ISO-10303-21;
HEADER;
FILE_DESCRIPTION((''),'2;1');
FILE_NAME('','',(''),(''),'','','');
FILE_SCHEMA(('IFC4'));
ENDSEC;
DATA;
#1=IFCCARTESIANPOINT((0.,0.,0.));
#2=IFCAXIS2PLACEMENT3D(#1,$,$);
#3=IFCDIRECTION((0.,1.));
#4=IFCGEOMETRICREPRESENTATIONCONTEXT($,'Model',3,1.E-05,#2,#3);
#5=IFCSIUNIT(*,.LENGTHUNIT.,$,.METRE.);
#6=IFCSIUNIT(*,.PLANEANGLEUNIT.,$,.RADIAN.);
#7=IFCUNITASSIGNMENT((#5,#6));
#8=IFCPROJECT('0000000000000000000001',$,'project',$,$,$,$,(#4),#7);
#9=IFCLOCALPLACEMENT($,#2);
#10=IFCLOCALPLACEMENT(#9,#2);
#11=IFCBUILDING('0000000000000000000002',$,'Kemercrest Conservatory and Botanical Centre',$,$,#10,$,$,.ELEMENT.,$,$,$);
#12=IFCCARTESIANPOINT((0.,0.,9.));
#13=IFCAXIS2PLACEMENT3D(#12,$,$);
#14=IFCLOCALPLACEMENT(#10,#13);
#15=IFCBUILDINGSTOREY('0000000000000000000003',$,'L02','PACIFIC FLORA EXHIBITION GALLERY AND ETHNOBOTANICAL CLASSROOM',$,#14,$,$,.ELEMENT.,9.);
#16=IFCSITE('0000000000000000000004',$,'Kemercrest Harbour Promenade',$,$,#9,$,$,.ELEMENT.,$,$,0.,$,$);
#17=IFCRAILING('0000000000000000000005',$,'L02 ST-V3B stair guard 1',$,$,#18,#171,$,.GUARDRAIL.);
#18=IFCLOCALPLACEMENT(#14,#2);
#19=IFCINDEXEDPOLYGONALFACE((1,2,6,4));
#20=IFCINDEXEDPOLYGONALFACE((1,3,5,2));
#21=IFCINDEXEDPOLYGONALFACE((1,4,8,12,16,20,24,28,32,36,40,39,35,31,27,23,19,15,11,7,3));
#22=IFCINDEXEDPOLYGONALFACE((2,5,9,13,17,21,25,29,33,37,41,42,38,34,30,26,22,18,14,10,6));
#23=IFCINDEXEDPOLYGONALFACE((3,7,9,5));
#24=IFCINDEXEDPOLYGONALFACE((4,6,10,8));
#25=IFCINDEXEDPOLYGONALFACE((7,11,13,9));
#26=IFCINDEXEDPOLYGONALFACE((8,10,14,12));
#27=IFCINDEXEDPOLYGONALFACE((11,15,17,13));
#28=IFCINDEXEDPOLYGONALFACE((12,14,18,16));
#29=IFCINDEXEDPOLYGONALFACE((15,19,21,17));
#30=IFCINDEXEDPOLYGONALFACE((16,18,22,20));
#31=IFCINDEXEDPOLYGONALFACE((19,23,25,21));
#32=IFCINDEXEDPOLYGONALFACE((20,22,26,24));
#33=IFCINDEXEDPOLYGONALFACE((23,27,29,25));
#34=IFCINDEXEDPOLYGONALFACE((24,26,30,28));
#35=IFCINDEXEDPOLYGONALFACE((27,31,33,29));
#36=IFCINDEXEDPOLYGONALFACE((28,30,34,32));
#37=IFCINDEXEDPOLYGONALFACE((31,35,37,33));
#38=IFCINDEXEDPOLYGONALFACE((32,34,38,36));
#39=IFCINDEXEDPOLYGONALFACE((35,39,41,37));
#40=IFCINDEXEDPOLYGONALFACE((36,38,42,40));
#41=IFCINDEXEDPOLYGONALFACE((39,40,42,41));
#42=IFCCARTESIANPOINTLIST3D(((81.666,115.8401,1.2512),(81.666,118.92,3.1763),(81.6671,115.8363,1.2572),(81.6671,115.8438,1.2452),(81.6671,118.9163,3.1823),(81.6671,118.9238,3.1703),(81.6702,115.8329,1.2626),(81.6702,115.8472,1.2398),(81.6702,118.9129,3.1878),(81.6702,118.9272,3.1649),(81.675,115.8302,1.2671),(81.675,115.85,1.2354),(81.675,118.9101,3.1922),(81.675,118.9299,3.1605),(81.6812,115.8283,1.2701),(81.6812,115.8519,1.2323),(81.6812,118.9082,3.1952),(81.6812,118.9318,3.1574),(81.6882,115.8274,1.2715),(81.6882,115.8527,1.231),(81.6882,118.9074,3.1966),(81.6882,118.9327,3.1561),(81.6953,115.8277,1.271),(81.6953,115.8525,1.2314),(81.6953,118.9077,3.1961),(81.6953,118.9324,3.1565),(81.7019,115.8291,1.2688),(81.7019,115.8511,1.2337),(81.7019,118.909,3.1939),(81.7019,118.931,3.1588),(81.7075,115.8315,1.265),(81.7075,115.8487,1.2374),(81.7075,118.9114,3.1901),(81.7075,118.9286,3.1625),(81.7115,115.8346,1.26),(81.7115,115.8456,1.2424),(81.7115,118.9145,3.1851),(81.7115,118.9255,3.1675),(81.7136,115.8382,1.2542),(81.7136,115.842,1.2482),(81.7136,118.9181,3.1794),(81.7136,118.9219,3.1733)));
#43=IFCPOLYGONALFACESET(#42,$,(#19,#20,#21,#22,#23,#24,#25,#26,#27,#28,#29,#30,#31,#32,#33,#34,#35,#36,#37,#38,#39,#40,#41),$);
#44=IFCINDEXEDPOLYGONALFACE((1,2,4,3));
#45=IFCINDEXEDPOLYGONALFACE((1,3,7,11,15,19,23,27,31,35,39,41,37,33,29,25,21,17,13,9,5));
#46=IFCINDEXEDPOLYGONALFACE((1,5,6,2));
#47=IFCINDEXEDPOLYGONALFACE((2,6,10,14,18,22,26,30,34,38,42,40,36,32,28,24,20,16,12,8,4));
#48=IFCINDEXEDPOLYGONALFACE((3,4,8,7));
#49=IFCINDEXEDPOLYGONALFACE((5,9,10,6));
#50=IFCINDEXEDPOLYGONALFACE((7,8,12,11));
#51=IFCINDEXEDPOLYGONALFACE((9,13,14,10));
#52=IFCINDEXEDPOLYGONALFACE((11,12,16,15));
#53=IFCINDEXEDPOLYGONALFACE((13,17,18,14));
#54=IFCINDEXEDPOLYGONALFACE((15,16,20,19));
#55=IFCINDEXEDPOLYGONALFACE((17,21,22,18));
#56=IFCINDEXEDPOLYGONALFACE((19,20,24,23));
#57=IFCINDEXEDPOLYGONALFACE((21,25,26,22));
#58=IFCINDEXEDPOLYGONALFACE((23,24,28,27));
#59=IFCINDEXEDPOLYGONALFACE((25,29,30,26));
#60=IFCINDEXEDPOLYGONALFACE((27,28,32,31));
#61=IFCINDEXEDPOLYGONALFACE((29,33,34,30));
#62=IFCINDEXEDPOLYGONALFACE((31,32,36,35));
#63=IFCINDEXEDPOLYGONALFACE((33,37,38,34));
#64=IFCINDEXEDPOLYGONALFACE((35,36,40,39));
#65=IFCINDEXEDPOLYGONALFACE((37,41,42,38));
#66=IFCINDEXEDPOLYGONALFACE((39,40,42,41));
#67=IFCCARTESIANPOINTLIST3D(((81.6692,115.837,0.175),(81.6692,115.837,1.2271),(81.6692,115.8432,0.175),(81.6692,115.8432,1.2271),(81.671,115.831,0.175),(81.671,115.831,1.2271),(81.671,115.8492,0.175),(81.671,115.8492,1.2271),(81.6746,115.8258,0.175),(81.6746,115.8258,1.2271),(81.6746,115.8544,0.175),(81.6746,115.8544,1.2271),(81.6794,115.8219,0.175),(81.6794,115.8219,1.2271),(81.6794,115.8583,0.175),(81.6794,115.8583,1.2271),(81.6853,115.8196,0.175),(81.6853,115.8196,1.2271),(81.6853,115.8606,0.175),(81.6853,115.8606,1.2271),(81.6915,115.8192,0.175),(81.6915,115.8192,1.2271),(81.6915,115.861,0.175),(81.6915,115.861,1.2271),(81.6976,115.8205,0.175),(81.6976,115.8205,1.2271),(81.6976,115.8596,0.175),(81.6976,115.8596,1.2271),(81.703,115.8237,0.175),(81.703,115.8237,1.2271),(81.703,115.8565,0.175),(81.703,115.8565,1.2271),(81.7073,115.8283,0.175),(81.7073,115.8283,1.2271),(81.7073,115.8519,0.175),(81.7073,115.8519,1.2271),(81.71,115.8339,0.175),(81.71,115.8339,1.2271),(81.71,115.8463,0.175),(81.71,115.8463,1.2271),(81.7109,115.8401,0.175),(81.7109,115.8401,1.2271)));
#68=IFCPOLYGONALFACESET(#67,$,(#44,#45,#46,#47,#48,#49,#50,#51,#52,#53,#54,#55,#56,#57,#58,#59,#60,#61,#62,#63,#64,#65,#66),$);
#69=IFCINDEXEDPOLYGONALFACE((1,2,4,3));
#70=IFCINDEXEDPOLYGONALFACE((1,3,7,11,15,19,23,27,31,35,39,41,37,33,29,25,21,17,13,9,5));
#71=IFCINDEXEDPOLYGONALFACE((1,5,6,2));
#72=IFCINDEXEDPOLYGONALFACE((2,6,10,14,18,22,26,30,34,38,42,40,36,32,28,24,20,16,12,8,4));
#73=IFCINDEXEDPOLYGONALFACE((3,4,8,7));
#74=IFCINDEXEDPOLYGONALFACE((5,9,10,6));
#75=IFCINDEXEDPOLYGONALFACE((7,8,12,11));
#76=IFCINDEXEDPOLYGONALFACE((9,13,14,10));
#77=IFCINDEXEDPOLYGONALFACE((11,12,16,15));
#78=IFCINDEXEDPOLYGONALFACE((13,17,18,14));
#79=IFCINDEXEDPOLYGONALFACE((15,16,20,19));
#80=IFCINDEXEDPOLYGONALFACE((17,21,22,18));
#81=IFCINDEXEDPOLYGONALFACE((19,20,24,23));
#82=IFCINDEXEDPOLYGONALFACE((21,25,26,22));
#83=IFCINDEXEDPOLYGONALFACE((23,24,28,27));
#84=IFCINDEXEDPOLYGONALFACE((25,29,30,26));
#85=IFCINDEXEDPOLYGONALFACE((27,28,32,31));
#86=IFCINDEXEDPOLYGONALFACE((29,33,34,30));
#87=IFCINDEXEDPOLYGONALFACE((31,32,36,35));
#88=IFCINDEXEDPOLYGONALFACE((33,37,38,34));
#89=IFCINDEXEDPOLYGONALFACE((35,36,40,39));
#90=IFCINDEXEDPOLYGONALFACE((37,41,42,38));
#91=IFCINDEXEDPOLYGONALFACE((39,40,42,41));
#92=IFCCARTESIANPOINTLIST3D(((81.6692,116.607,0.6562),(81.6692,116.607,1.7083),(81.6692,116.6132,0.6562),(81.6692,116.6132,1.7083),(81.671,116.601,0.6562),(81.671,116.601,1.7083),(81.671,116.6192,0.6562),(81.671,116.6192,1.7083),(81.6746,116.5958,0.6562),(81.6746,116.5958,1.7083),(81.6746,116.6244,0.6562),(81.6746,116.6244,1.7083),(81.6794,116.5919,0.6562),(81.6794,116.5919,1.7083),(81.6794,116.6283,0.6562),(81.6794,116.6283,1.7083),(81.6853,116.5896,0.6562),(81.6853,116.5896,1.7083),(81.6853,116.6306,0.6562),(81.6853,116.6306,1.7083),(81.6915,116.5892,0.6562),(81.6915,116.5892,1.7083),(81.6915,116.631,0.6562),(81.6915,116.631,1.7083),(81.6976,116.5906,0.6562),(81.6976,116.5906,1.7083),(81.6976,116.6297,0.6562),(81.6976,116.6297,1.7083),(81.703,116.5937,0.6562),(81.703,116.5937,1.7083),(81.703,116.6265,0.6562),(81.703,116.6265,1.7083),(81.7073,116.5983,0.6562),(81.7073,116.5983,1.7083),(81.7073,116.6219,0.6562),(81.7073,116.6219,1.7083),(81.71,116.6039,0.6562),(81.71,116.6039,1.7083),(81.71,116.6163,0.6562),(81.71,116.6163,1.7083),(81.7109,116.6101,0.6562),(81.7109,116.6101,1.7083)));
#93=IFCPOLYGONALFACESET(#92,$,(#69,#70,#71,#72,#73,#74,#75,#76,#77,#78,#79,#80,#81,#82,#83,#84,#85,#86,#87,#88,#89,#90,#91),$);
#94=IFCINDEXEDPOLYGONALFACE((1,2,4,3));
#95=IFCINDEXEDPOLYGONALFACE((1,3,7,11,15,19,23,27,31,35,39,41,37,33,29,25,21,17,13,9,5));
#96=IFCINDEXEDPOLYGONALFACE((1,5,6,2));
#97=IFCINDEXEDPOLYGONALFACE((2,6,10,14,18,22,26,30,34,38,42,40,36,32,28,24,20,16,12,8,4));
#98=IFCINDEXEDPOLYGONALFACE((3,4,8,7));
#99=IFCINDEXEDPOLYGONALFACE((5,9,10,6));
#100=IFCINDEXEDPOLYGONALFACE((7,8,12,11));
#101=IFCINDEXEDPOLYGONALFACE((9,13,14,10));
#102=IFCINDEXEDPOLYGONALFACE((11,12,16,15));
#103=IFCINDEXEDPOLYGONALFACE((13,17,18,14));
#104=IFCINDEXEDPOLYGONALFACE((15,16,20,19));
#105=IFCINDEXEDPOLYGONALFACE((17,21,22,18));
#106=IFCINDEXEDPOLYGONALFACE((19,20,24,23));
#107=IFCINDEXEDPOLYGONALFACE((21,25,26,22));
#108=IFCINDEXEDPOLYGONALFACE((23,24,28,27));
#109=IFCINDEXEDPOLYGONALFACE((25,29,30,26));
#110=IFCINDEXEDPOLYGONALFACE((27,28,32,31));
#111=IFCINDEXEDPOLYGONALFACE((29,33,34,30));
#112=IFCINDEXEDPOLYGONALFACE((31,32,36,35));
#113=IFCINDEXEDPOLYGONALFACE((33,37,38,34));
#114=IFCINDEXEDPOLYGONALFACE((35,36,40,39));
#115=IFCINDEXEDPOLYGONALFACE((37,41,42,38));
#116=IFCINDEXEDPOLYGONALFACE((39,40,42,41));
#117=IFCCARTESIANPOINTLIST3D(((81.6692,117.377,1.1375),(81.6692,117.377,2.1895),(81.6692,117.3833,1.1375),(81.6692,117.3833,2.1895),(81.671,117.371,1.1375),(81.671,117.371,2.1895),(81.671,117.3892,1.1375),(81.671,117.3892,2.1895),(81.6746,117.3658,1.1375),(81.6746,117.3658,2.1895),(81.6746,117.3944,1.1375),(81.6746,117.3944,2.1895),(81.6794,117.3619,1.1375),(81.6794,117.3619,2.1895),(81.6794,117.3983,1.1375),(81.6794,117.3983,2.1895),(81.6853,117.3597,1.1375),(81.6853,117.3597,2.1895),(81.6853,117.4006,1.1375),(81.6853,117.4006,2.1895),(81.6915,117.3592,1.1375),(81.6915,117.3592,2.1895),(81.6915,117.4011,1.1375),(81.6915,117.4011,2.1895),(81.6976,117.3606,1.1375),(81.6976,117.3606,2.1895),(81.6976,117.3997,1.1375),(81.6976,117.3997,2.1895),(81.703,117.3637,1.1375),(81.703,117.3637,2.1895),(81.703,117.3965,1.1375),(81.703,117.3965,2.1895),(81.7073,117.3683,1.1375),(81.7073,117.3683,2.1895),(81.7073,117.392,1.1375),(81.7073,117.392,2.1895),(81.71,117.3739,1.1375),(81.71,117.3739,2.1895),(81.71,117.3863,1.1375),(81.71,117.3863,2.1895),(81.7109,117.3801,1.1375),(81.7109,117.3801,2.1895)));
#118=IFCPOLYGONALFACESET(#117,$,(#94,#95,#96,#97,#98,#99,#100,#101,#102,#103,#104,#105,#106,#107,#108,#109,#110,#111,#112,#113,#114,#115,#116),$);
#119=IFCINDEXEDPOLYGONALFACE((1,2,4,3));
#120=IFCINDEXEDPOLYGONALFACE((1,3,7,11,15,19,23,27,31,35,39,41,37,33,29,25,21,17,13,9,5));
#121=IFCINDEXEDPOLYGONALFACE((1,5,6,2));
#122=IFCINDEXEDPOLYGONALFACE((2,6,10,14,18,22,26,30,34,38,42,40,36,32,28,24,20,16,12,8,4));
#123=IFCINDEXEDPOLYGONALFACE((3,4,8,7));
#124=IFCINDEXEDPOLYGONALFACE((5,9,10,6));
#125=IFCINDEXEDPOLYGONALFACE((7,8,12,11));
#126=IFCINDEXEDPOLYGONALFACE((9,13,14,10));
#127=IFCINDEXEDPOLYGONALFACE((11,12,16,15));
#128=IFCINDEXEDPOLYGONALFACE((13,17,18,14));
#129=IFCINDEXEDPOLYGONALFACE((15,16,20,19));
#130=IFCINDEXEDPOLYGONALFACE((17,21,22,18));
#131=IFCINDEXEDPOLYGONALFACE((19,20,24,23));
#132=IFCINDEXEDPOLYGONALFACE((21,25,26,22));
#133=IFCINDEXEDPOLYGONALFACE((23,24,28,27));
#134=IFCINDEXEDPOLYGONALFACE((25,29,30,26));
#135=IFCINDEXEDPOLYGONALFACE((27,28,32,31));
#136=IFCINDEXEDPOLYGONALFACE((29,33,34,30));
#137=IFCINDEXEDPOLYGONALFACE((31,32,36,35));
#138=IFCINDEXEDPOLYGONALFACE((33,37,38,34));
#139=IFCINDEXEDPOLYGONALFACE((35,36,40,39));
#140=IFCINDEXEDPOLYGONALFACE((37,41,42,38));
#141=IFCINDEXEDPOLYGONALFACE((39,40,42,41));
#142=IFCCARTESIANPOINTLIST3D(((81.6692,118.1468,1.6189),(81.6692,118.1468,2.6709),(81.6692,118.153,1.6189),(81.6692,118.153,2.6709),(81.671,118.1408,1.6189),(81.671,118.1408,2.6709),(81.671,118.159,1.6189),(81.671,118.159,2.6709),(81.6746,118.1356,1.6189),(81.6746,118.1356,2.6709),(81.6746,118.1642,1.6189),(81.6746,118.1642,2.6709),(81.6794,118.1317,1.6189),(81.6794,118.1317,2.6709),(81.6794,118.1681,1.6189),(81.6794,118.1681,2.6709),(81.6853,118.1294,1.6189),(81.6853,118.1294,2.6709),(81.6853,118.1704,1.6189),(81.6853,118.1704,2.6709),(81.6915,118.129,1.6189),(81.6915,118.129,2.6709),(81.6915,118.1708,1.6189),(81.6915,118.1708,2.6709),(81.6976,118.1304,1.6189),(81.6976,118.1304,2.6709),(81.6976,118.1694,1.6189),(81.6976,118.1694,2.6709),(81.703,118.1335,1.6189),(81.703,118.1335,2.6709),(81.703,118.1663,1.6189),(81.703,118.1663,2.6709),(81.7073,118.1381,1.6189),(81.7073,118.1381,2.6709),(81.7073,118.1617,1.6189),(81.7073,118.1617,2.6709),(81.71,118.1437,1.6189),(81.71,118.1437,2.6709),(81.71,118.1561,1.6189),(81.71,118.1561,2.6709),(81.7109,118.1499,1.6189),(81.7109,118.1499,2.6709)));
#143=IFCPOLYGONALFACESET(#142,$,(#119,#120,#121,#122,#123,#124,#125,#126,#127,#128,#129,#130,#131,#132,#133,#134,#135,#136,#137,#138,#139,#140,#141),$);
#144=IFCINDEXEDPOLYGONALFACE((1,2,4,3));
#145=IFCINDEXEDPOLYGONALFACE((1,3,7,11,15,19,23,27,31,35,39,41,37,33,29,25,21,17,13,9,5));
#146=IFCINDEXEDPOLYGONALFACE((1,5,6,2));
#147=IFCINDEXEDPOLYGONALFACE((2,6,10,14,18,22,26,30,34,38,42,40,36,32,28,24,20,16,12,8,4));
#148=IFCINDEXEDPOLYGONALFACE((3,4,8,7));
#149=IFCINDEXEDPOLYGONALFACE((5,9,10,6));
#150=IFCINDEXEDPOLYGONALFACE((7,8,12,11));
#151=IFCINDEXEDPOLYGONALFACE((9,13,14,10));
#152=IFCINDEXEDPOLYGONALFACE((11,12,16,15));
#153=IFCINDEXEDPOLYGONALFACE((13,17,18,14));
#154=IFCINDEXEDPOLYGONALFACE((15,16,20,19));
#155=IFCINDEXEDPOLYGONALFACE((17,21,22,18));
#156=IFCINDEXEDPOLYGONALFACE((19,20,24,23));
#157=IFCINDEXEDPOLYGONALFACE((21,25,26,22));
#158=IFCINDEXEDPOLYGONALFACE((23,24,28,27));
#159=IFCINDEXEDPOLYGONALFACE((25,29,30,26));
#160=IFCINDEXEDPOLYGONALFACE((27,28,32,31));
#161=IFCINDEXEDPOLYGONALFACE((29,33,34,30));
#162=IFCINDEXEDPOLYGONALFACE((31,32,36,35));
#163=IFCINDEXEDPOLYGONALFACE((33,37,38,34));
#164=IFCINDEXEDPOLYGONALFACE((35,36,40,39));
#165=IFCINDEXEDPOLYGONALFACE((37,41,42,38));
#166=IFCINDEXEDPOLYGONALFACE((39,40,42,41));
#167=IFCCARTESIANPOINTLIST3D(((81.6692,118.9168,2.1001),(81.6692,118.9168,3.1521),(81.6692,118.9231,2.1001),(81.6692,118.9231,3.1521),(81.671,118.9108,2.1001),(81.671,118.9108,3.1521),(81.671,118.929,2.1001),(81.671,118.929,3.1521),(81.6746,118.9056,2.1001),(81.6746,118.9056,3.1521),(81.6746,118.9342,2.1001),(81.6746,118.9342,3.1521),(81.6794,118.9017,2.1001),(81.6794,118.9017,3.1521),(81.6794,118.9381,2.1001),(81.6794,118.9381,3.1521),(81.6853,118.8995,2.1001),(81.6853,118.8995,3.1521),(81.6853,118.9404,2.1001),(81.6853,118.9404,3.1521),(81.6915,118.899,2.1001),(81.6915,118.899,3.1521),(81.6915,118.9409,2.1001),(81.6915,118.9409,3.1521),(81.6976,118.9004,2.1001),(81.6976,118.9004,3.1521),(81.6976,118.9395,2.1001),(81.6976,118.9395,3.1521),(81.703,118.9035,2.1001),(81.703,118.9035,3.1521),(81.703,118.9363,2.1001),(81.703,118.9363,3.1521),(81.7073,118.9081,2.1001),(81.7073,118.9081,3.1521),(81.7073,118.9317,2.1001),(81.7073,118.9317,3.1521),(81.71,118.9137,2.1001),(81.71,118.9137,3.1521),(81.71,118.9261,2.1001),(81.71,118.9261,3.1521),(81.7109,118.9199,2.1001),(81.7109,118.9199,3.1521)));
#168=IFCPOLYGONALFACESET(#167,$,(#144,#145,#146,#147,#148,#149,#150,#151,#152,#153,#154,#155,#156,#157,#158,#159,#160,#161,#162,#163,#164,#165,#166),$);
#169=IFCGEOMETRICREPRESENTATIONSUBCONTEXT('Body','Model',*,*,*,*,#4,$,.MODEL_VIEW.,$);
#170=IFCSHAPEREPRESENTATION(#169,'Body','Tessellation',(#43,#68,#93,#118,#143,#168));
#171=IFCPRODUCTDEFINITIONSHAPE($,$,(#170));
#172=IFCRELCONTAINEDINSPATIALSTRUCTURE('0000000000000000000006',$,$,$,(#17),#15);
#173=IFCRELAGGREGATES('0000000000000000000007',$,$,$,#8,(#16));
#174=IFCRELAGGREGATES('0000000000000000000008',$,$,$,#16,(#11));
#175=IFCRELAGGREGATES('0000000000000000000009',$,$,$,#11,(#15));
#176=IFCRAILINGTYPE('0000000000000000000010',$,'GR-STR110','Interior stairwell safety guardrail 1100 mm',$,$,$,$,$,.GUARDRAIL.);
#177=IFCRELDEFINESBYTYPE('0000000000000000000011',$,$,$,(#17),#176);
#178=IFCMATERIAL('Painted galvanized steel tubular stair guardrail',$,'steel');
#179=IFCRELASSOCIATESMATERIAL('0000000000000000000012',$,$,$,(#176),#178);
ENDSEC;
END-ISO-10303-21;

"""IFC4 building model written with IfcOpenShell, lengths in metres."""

from ifc_helpers import new_model, si_unit, direction, frame, origin, origin_2d, place, context, subcontext, project, spatial, circle, extrude, material, type_object, element, save


model = new_model("IFC4")

# Units and contexts
model_context = context("Model", 3, precision=1e-05, world=origin(), true_north=direction((0.0, 1.0)))
body_context = subcontext(model_context, "Body", "Model", "MODEL_VIEW")
ifc_project = project(units=[si_unit("LENGTHUNIT", "METRE"), si_unit("PLANEANGLEUNIT", "RADIAN")], contexts=[model_context])

# Site, building, storey
site_placement = place(None, origin())
site = spatial("IfcSite", under=ifc_project, at=site_placement, Name="Kemercrest Harbour Promenade", CompositionType="ELEMENT", RefElevation=0.0)
building_placement = place(site_placement, origin())
building = spatial("IfcBuilding", under=site, at=building_placement, Name="Kemercrest Conservatory and Botanical Centre", CompositionType="ELEMENT")
storey_placement = place(building_placement, frame((0.0, 0.0, 9.0)))
storey = spatial("IfcBuildingStorey", under=building, at=storey_placement, Name="L02", Description="PACIFIC FLORA EXHIBITION GALLERY AND ETHNOBOTANICAL CLASSROOM", CompositionType="ELEMENT", Elevation=9.0)

# Railing
ifc_material_1 = material(Name="Painted galvanized steel tubular stair guardrail", Category="steel")
railing_type_1 = type_object("IfcRailingType", Name="GR-STR110", Description="Interior stairwell safety guardrail 1100 mm", PredefinedType="GUARDRAIL", material=ifc_material_1)
railing_1_placement = place(storey_placement, frame((81.6899, 115.8401, 0.175)))
element("IfcRailing", 1, at=railing_1_placement, inside=storey, type_object=railing_type_1, Name="L02 ST-V3B stair guard 1", PredefinedType="GUARDRAIL", context=body_context, shape_type="SweptSolid", body=[
    extrude(circle(Radius=0.0239, at=origin_2d()), frame((0.0, 0.0, 1.0762), z_axis=(0.0, 0.847979, 0.530029), x_axis=(-1.0, 0.0, 0.0)), (0.0, 0.0, 1.0), 3.6321),
    extrude(circle(Radius=0.021, at=origin_2d()), origin(), (0.0, 0.0, 1.0), 1.052),
    extrude(circle(Radius=0.021, at=origin_2d()), frame((0.0, 0.77, 0.4812)), (0.0, 0.0, 1.0), 1.052),
    extrude(circle(Radius=0.021, at=origin_2d()), frame((0.0, 1.54, 0.9624)), (0.0, 0.0, 1.0), 1.052),
    extrude(circle(Radius=0.021, at=origin_2d()), frame((0.0, 2.3098, 1.4438)), (0.0, 0.0, 1.0), 1.052),
    extrude(circle(Radius=0.021, at=origin_2d()), frame((0.0, 3.0798, 1.925)), (0.0, 0.0, 1.0), 1.052),
])

save(model, "model.ifc")
